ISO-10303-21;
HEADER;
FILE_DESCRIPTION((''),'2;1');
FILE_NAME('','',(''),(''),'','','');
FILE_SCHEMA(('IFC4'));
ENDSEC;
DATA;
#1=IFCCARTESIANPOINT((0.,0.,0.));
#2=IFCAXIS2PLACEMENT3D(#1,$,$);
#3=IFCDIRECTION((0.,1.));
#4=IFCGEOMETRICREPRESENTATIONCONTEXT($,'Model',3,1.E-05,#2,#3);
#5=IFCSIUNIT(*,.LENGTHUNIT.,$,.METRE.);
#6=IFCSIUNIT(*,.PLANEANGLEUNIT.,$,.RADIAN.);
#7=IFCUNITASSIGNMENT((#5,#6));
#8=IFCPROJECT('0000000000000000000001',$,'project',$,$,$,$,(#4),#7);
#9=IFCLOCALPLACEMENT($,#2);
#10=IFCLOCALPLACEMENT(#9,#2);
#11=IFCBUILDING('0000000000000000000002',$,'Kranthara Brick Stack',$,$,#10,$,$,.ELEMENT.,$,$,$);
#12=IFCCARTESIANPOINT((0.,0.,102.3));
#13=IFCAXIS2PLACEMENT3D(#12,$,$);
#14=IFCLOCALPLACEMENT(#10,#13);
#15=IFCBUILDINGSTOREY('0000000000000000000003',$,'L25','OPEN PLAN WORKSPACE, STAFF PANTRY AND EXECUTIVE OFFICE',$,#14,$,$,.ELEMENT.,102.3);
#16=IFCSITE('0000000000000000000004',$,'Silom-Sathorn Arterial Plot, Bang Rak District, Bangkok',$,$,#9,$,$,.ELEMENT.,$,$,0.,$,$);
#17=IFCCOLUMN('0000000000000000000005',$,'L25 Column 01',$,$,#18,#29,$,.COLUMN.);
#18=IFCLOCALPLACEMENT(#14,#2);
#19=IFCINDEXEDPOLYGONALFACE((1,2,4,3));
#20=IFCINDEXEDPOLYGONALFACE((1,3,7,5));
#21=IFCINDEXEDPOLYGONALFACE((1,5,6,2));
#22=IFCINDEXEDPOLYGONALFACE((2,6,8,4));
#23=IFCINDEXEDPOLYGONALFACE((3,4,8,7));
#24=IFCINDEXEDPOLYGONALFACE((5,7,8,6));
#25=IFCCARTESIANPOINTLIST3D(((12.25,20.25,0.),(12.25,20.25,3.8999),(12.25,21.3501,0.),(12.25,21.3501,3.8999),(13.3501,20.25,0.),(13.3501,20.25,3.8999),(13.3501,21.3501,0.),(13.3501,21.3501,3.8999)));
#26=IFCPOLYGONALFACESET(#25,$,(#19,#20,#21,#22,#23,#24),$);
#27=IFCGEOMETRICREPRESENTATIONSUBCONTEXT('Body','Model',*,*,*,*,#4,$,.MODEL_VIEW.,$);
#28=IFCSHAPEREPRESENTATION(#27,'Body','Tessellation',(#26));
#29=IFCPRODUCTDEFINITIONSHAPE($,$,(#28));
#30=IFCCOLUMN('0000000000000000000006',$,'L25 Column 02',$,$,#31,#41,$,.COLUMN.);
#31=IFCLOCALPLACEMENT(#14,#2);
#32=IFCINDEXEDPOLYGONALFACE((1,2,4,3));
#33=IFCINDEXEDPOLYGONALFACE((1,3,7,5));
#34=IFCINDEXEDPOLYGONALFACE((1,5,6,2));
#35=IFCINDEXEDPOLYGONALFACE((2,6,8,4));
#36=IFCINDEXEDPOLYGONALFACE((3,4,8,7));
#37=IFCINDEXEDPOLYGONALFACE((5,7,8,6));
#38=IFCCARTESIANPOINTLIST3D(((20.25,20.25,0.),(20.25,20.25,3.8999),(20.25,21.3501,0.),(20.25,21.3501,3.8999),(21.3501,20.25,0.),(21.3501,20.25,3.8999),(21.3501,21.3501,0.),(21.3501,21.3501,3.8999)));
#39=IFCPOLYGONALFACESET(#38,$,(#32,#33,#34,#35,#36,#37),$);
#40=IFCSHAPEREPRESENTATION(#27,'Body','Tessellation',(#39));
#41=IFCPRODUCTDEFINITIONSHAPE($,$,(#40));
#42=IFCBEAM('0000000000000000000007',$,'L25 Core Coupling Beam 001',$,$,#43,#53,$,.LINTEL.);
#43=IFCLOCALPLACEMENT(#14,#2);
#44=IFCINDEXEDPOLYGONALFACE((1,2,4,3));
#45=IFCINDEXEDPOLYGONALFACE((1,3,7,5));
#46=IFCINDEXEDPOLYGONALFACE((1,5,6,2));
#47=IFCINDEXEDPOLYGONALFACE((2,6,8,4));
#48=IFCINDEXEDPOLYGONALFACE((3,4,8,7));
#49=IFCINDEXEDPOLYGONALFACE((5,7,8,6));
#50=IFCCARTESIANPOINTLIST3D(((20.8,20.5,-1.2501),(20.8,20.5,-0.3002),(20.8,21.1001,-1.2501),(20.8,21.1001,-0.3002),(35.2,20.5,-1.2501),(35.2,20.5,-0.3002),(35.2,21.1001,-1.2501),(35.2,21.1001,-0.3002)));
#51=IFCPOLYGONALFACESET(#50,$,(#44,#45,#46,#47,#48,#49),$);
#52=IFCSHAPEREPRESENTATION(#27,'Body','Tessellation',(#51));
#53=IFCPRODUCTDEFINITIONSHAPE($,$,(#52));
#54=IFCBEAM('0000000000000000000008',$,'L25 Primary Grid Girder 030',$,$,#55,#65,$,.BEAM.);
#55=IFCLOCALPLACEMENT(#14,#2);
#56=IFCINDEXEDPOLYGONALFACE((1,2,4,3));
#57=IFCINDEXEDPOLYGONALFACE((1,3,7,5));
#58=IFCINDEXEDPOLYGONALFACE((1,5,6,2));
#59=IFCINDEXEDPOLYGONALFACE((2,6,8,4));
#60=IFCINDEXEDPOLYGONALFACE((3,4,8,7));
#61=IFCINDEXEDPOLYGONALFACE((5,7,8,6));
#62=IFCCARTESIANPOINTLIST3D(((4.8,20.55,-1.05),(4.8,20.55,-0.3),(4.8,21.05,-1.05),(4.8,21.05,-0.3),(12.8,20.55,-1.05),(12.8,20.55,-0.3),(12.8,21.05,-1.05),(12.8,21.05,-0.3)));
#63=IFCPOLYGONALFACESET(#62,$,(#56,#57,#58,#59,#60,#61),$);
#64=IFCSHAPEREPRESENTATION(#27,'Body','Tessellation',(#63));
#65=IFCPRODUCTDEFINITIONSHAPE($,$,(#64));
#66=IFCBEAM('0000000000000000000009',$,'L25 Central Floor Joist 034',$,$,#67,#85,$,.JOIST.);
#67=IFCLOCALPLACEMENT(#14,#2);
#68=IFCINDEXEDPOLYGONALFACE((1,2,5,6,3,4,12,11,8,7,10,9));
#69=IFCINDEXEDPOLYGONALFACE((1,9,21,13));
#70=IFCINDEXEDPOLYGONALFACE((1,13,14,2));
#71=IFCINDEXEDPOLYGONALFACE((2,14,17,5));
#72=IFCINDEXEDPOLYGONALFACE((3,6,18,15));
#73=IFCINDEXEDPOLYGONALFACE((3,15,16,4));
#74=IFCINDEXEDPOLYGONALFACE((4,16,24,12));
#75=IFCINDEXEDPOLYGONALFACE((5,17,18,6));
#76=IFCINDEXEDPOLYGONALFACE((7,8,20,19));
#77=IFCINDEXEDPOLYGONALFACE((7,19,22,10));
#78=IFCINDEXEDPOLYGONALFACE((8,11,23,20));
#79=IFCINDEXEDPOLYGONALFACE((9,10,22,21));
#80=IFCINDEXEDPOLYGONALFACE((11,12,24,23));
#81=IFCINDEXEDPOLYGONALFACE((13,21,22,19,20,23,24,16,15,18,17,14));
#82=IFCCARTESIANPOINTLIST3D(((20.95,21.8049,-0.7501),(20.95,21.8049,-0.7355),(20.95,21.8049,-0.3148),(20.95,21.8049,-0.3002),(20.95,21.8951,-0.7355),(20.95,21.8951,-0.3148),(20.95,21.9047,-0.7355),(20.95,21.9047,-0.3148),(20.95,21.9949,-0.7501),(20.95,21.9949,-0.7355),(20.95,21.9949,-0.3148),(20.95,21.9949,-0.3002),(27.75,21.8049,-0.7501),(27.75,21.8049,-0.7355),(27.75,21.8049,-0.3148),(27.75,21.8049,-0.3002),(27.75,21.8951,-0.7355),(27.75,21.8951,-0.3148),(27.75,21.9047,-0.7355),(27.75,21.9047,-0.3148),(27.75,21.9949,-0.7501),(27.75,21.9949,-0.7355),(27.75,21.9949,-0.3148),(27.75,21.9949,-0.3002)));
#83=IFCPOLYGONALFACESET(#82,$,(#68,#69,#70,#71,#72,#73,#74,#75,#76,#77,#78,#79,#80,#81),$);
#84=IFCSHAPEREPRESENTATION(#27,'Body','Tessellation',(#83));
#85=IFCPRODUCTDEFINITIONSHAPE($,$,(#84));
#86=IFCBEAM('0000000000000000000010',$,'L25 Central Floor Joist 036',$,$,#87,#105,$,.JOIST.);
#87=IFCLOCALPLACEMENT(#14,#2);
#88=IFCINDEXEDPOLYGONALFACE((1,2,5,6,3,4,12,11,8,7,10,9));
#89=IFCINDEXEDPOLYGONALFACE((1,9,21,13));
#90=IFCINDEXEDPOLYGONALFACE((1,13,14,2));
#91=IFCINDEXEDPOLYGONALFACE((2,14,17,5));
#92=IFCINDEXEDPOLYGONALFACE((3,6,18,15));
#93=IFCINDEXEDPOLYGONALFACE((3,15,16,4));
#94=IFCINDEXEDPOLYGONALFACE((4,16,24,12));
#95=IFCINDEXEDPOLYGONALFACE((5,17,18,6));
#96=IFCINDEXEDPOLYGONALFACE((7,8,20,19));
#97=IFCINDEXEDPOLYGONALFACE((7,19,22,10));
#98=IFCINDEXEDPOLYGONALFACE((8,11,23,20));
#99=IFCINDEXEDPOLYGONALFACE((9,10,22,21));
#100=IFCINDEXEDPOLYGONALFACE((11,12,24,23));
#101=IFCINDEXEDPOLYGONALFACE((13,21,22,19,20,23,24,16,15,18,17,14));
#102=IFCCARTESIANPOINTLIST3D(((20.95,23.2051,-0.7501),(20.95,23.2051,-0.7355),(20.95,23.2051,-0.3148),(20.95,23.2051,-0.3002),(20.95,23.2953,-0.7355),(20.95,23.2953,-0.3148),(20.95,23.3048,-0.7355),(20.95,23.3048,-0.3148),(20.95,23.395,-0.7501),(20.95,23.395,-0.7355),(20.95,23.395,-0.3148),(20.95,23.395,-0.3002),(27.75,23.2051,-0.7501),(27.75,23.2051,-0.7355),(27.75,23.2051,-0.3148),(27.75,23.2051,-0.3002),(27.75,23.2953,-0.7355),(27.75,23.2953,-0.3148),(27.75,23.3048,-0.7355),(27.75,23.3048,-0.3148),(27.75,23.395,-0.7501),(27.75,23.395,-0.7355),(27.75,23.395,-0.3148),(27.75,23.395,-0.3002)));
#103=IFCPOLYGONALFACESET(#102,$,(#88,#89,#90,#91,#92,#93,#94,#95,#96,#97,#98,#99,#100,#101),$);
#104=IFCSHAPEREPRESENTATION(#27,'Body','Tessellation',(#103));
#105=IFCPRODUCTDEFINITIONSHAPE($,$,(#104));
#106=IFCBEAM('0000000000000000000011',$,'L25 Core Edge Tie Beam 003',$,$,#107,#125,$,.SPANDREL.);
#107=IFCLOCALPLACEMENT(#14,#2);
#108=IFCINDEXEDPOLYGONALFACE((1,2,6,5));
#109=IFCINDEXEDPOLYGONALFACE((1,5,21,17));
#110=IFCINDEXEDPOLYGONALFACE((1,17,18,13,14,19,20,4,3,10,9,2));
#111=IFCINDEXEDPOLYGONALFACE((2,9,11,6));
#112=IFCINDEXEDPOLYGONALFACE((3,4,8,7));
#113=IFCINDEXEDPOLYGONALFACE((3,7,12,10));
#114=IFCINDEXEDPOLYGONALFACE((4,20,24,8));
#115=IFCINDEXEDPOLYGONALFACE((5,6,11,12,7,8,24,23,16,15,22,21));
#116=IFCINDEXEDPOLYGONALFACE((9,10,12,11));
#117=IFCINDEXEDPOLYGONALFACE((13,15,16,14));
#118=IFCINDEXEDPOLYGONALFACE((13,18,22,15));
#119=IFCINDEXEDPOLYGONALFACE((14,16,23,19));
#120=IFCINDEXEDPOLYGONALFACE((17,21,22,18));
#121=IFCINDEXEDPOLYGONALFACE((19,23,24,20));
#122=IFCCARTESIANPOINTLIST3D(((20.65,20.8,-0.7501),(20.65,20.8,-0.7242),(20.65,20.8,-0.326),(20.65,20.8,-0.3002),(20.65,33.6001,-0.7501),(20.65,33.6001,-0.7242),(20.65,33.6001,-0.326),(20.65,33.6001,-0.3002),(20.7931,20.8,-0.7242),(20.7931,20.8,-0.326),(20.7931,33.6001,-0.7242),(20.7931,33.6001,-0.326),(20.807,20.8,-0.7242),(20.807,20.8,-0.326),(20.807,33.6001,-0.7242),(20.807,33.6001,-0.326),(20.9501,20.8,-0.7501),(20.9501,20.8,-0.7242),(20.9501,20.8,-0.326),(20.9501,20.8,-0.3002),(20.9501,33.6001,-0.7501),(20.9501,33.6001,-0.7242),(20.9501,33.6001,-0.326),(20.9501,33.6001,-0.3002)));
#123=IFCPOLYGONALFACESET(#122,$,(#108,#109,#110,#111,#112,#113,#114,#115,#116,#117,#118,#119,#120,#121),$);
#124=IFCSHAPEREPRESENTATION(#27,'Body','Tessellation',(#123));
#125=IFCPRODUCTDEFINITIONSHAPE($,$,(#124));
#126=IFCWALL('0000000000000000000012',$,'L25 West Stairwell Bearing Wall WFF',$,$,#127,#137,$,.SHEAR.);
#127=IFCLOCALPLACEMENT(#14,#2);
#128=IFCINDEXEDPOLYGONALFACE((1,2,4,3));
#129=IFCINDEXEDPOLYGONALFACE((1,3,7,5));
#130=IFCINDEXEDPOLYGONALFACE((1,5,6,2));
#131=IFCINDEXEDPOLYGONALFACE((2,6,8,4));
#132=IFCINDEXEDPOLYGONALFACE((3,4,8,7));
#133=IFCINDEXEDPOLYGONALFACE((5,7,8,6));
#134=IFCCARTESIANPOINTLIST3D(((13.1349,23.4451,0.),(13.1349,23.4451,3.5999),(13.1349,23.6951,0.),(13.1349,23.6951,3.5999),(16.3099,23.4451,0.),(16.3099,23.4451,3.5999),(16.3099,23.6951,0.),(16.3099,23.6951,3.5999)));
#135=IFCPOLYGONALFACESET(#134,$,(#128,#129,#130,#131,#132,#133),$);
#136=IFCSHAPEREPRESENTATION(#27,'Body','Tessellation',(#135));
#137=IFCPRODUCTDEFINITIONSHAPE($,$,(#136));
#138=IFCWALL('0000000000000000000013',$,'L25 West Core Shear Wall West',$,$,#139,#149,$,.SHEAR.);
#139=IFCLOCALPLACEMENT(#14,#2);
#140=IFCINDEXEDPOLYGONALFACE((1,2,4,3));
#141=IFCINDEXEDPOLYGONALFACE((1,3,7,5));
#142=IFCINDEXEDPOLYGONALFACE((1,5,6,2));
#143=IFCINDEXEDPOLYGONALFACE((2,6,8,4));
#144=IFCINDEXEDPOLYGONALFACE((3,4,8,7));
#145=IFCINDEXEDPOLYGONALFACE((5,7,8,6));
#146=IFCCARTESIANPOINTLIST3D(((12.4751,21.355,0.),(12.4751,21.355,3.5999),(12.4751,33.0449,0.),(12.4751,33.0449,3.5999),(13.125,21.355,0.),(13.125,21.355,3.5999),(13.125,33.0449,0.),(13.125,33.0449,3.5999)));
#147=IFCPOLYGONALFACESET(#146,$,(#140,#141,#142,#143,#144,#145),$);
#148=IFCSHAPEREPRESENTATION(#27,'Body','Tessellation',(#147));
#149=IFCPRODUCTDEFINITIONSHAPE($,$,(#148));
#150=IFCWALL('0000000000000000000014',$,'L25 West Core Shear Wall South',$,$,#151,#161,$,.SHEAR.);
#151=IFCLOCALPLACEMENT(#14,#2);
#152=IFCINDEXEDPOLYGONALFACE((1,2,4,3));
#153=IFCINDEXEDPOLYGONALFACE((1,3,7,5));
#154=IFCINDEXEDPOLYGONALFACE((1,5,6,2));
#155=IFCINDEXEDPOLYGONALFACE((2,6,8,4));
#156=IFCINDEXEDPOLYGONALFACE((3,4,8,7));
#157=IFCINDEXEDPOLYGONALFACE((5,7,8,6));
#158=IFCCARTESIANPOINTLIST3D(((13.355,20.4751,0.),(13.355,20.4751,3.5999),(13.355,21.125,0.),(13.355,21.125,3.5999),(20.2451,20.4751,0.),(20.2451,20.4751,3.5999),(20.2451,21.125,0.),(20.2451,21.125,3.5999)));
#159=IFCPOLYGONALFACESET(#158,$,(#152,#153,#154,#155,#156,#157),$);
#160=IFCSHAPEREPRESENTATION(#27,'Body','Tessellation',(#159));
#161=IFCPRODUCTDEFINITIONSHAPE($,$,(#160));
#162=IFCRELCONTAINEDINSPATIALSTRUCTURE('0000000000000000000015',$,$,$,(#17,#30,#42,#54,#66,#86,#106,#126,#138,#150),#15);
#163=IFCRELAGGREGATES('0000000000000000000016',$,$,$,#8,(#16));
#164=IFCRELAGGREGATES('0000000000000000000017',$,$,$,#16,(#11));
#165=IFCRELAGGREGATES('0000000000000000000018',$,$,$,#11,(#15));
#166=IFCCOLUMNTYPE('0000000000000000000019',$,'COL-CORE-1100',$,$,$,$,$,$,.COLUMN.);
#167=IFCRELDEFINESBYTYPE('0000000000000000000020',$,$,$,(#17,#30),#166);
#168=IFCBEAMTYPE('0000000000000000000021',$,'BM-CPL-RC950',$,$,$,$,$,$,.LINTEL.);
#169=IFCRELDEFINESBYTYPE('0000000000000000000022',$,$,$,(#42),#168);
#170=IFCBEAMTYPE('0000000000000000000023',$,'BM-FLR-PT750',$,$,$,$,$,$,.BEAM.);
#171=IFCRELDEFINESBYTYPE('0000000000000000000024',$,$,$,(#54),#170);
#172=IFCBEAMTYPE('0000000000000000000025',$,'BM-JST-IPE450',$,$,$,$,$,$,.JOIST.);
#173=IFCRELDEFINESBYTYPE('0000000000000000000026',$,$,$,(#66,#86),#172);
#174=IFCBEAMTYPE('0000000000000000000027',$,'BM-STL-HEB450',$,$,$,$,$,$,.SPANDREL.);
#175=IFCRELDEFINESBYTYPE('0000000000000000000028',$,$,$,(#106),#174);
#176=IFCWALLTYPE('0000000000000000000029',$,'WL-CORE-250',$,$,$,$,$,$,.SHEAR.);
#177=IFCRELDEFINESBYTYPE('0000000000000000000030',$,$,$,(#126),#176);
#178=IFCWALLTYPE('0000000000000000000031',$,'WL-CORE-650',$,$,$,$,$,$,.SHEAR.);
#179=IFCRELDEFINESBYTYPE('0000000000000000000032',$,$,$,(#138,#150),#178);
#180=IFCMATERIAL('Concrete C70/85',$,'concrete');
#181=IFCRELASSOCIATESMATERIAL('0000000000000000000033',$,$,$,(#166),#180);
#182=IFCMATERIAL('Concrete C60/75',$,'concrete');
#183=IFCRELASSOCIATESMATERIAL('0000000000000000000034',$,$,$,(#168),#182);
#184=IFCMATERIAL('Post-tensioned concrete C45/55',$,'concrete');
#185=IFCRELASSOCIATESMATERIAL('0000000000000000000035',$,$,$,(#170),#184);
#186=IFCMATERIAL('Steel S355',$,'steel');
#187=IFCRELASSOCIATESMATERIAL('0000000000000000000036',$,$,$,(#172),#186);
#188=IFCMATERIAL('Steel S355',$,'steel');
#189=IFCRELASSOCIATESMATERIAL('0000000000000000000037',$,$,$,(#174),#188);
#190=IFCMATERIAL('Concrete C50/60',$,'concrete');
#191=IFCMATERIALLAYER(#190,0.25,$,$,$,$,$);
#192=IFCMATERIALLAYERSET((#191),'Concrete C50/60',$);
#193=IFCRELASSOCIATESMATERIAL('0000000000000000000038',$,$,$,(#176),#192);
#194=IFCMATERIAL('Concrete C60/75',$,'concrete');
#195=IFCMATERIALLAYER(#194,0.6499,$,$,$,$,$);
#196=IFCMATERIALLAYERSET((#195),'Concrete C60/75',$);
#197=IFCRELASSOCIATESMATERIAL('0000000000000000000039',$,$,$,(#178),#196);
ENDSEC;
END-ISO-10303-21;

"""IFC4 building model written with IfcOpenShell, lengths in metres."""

from ifc_helpers import new_model, si_unit, direction, frame, frame_2d, origin, origin_2d, place, context, subcontext, project, spatial, rectangle, i_section, extrude, material, layer, layer_set, material_profile, profile_set, type_object, element, save


model = new_model("IFC4")

# Units and contexts
model_context = context("Model", 3, precision=1e-05, world=origin(), true_north=direction((0.0, 1.0)))
body_context = subcontext(model_context, "Body", "Model", "MODEL_VIEW")
ifc_project = project(units=[si_unit("LENGTHUNIT", "METRE"), si_unit("PLANEANGLEUNIT", "RADIAN")], contexts=[model_context])

# Site, building, storey
site_placement = place(None, origin())
site = spatial("IfcSite", under=ifc_project, at=site_placement, Name="Silom-Sathorn Arterial Plot, Bang Rak District, Bangkok", CompositionType="ELEMENT", RefElevation=0.0)
building_placement = place(site_placement, origin())
building = spatial("IfcBuilding", under=site, at=building_placement, Name="Kranthara Brick Stack", CompositionType="ELEMENT")
storey_placement = place(building_placement, frame((0.0, 0.0, 102.3)))
storey = spatial("IfcBuildingStorey", under=building, at=storey_placement, Name="L25", Description="OPEN PLAN WORKSPACE, STAFF PANTRY AND EXECUTIVE OFFICE", CompositionType="ELEMENT", Elevation=102.3)

# Columns
ifc_material_1 = material(Name="Concrete C70/85", Category="concrete")
ifc_material_profile_1 = material_profile(ifc_material_1, rectangle(XDim=1.1001, YDim=1.1001, at=origin_2d()), Name="RC 1100x1100")
ifc_profile_set_1 = profile_set([ifc_material_profile_1], Name="Concrete C70/85")
column_type = type_object("IfcColumnType", Name="COL-CORE-1100", PredefinedType="COLUMN", material=ifc_profile_set_1)
for number, where, z_axis, x_axis, name in (
    (1, (12.8, 20.8, 0.0), (0.0, 0.0, 1.0), (1.0, 0.0, 0.0), "L25 Column 01"),
    (2, (20.8, 20.8, 0.0), (0.0, 0.0, 1.0), (1.0, 0.0, 0.0), "L25 Column 02"),
):
    element("IfcColumn", number, at=place(storey_placement, frame(where, z_axis=z_axis, x_axis=x_axis)), inside=storey, type_object=column_type, Name=name, PredefinedType="COLUMN", context=body_context, shape_type="SweptSolid", body=[
        extrude(rectangle(XDim=1.1001, YDim=1.1001, at=origin_2d()), origin(), (0.0, 0.0, 1.0), 3.8999),
    ])

# Beams
ifc_material_2 = material(Name="Concrete C60/75", Category="concrete")
ifc_material_profile_2 = material_profile(ifc_material_2, rectangle(XDim=0.6001, YDim=0.95, at=origin_2d()), Name="RC 600x950")
ifc_profile_set_2 = profile_set([ifc_material_profile_2], Name="Concrete C60/75")
beam_type_1 = type_object("IfcBeamType", Name="BM-CPL-RC950", PredefinedType="LINTEL", material=ifc_profile_set_2)
beam_1_placement = place(storey_placement, frame((20.8, 20.8, -0.7751), z_axis=(1.0, 0.0, 0.0), x_axis=(0.0, 1.0, 0.0)))
element("IfcBeam", 3, at=beam_1_placement, inside=storey, type_object=beam_type_1, Name="L25 Core Coupling Beam 001", PredefinedType="LINTEL", context=body_context, shape_type="SweptSolid", body=[
    extrude(rectangle(XDim=0.6001, YDim=0.95, at=origin_2d()), origin(), (0.0, 0.0, 1.0), 14.3999),
])
ifc_material_3 = material(Name="Post-tensioned concrete C45/55", Category="concrete")
ifc_material_profile_3 = material_profile(ifc_material_3, rectangle(XDim=0.5, YDim=0.75, at=origin_2d()), Name="PT 500x750")
ifc_profile_set_3 = profile_set([ifc_material_profile_3], Name="Post-tensioned concrete C45/55")
beam_type_2 = type_object("IfcBeamType", Name="BM-FLR-PT750", PredefinedType="BEAM", material=ifc_profile_set_3)
beam_2_placement = place(storey_placement, frame((4.8, 20.8, -0.675), z_axis=(1.0, 0.0, 0.0), x_axis=(0.0, 1.0, 0.0)))
element("IfcBeam", 4, at=beam_2_placement, inside=storey, type_object=beam_type_2, Name="L25 Primary Grid Girder 030", PredefinedType="BEAM", context=body_context, shape_type="SweptSolid", body=[
    extrude(rectangle(XDim=0.5, YDim=0.75, at=origin_2d()), origin(), (0.0, 0.0, 1.0), 8.0),
])
ifc_material_4 = material(Name="Steel S355", Category="steel")
ifc_material_profile_4 = material_profile(ifc_material_4, i_section(OverallWidth=0.1899, OverallDepth=0.45, WebThickness=0.0095, FlangeThickness=0.0146, at=origin_2d()), Name="IPE 450")
ifc_profile_set_4 = profile_set([ifc_material_profile_4], Name="Steel S355")
beam_type_3 = type_object("IfcBeamType", Name="BM-JST-IPE450", PredefinedType="JOIST", material=ifc_profile_set_4)
for number, where, z_axis, x_axis, name in (
    (5, (20.95, 21.8999, -0.5251), (1.0, 0.0, 0.0), (0.0, 1.0, 0.0), "L25 Central Floor Joist 034"),
    (6, (20.95, 23.3, -0.5251), (1.0, 0.0, 0.0), (0.0, 1.0, 0.0), "L25 Central Floor Joist 036"),
):
    element("IfcBeam", number, at=place(storey_placement, frame(where, z_axis=z_axis, x_axis=x_axis)), inside=storey, type_object=beam_type_3, Name=name, PredefinedType="JOIST", context=body_context, shape_type="SweptSolid", body=[
        extrude(i_section(OverallWidth=0.1899, OverallDepth=0.45, WebThickness=0.0095, FlangeThickness=0.0146, at=origin_2d()), origin(), (0.0, 0.0, 1.0), 6.8),
    ])
ifc_material_5 = material(Name="Steel S355", Category="steel")
ifc_material_profile_5 = material_profile(ifc_material_5, i_section(OverallWidth=0.3, OverallDepth=0.45, WebThickness=0.0139, FlangeThickness=0.0259, at=origin_2d()), Name="HEB 450")
ifc_profile_set_5 = profile_set([ifc_material_profile_5], Name="Steel S355")
beam_type_4 = type_object("IfcBeamType", Name="BM-STL-HEB450", PredefinedType="SPANDREL", material=ifc_profile_set_5)
beam_3_placement = place(storey_placement, frame((20.8, 20.8, -0.5251), z_axis=(0.0, 1.0, 0.0), x_axis=(-1.0, 0.0, 0.0)))
element("IfcBeam", 7, at=beam_3_placement, inside=storey, type_object=beam_type_4, Name="L25 Core Edge Tie Beam 003", PredefinedType="SPANDREL", context=body_context, shape_type="SweptSolid", body=[
    extrude(i_section(OverallWidth=0.3, OverallDepth=0.45, WebThickness=0.0139, FlangeThickness=0.0259, at=origin_2d()), origin(), (0.0, 0.0, 1.0), 12.8),
])

# Shared definitions
ifc_material_6 = material(Name="Concrete C50/60", Category="concrete")
ifc_layer_1 = layer(ifc_material_6, 0.25)
ifc_layer_set_1 = layer_set([ifc_layer_1], Name="Concrete C50/60")
wall_type_1 = type_object("IfcWallType", Name="WL-CORE-250", PredefinedType="SHEAR", material=ifc_layer_set_1)

# Walls
wall_1_placement = place(storey_placement, frame((13.135, 23.5701, 0.0), z_axis=(0.0, 0.0, 1.0), x_axis=(1.0, 0.0, 0.0)))
element("IfcWall", 8, at=wall_1_placement, inside=storey, type_object=wall_type_1, Name="L25 West Stairwell Bearing Wall WFF", PredefinedType="SHEAR", context=body_context, shape_type="SweptSolid", body=[
    extrude(rectangle(XDim=3.175, YDim=0.25, at=frame_2d((1.5874, 0.0))), origin(), (0.0, 0.0, 1.0), 3.5999),
])
ifc_material_7 = material(Name="Concrete C60/75", Category="concrete")
ifc_layer_2 = layer(ifc_material_7, 0.6499)
ifc_layer_set_2 = layer_set([ifc_layer_2], Name="Concrete C60/75")
wall_type_2 = type_object("IfcWallType", Name="WL-CORE-650", PredefinedType="SHEAR", material=ifc_layer_set_2)
wall_2_placement = place(storey_placement, frame((12.8, 21.355, 0.0), z_axis=(0.0, 0.0, 1.0), x_axis=(0.0, 1.0, 0.0)))
element("IfcWall", 9, at=wall_2_placement, inside=storey, type_object=wall_type_2, Name="L25 West Core Shear Wall West", PredefinedType="SHEAR", context=body_context, shape_type="SweptSolid", body=[
    extrude(rectangle(XDim=11.6899, YDim=0.6499, at=frame_2d((5.845, 0.0))), origin(), (0.0, 0.0, 1.0), 3.5999),
])
wall_3_placement = place(storey_placement, frame((13.355, 20.8, 0.0), z_axis=(0.0, 0.0, 1.0), x_axis=(1.0, 0.0, 0.0)))
element("IfcWall", 10, at=wall_3_placement, inside=storey, type_object=wall_type_2, Name="L25 West Core Shear Wall South", PredefinedType="SHEAR", context=body_context, shape_type="SweptSolid", body=[
    extrude(rectangle(XDim=6.8901, YDim=0.6499, at=frame_2d((3.4451, 0.0))), origin(), (0.0, 0.0, 1.0), 3.5999),
])

save(model, "model.ifc")
